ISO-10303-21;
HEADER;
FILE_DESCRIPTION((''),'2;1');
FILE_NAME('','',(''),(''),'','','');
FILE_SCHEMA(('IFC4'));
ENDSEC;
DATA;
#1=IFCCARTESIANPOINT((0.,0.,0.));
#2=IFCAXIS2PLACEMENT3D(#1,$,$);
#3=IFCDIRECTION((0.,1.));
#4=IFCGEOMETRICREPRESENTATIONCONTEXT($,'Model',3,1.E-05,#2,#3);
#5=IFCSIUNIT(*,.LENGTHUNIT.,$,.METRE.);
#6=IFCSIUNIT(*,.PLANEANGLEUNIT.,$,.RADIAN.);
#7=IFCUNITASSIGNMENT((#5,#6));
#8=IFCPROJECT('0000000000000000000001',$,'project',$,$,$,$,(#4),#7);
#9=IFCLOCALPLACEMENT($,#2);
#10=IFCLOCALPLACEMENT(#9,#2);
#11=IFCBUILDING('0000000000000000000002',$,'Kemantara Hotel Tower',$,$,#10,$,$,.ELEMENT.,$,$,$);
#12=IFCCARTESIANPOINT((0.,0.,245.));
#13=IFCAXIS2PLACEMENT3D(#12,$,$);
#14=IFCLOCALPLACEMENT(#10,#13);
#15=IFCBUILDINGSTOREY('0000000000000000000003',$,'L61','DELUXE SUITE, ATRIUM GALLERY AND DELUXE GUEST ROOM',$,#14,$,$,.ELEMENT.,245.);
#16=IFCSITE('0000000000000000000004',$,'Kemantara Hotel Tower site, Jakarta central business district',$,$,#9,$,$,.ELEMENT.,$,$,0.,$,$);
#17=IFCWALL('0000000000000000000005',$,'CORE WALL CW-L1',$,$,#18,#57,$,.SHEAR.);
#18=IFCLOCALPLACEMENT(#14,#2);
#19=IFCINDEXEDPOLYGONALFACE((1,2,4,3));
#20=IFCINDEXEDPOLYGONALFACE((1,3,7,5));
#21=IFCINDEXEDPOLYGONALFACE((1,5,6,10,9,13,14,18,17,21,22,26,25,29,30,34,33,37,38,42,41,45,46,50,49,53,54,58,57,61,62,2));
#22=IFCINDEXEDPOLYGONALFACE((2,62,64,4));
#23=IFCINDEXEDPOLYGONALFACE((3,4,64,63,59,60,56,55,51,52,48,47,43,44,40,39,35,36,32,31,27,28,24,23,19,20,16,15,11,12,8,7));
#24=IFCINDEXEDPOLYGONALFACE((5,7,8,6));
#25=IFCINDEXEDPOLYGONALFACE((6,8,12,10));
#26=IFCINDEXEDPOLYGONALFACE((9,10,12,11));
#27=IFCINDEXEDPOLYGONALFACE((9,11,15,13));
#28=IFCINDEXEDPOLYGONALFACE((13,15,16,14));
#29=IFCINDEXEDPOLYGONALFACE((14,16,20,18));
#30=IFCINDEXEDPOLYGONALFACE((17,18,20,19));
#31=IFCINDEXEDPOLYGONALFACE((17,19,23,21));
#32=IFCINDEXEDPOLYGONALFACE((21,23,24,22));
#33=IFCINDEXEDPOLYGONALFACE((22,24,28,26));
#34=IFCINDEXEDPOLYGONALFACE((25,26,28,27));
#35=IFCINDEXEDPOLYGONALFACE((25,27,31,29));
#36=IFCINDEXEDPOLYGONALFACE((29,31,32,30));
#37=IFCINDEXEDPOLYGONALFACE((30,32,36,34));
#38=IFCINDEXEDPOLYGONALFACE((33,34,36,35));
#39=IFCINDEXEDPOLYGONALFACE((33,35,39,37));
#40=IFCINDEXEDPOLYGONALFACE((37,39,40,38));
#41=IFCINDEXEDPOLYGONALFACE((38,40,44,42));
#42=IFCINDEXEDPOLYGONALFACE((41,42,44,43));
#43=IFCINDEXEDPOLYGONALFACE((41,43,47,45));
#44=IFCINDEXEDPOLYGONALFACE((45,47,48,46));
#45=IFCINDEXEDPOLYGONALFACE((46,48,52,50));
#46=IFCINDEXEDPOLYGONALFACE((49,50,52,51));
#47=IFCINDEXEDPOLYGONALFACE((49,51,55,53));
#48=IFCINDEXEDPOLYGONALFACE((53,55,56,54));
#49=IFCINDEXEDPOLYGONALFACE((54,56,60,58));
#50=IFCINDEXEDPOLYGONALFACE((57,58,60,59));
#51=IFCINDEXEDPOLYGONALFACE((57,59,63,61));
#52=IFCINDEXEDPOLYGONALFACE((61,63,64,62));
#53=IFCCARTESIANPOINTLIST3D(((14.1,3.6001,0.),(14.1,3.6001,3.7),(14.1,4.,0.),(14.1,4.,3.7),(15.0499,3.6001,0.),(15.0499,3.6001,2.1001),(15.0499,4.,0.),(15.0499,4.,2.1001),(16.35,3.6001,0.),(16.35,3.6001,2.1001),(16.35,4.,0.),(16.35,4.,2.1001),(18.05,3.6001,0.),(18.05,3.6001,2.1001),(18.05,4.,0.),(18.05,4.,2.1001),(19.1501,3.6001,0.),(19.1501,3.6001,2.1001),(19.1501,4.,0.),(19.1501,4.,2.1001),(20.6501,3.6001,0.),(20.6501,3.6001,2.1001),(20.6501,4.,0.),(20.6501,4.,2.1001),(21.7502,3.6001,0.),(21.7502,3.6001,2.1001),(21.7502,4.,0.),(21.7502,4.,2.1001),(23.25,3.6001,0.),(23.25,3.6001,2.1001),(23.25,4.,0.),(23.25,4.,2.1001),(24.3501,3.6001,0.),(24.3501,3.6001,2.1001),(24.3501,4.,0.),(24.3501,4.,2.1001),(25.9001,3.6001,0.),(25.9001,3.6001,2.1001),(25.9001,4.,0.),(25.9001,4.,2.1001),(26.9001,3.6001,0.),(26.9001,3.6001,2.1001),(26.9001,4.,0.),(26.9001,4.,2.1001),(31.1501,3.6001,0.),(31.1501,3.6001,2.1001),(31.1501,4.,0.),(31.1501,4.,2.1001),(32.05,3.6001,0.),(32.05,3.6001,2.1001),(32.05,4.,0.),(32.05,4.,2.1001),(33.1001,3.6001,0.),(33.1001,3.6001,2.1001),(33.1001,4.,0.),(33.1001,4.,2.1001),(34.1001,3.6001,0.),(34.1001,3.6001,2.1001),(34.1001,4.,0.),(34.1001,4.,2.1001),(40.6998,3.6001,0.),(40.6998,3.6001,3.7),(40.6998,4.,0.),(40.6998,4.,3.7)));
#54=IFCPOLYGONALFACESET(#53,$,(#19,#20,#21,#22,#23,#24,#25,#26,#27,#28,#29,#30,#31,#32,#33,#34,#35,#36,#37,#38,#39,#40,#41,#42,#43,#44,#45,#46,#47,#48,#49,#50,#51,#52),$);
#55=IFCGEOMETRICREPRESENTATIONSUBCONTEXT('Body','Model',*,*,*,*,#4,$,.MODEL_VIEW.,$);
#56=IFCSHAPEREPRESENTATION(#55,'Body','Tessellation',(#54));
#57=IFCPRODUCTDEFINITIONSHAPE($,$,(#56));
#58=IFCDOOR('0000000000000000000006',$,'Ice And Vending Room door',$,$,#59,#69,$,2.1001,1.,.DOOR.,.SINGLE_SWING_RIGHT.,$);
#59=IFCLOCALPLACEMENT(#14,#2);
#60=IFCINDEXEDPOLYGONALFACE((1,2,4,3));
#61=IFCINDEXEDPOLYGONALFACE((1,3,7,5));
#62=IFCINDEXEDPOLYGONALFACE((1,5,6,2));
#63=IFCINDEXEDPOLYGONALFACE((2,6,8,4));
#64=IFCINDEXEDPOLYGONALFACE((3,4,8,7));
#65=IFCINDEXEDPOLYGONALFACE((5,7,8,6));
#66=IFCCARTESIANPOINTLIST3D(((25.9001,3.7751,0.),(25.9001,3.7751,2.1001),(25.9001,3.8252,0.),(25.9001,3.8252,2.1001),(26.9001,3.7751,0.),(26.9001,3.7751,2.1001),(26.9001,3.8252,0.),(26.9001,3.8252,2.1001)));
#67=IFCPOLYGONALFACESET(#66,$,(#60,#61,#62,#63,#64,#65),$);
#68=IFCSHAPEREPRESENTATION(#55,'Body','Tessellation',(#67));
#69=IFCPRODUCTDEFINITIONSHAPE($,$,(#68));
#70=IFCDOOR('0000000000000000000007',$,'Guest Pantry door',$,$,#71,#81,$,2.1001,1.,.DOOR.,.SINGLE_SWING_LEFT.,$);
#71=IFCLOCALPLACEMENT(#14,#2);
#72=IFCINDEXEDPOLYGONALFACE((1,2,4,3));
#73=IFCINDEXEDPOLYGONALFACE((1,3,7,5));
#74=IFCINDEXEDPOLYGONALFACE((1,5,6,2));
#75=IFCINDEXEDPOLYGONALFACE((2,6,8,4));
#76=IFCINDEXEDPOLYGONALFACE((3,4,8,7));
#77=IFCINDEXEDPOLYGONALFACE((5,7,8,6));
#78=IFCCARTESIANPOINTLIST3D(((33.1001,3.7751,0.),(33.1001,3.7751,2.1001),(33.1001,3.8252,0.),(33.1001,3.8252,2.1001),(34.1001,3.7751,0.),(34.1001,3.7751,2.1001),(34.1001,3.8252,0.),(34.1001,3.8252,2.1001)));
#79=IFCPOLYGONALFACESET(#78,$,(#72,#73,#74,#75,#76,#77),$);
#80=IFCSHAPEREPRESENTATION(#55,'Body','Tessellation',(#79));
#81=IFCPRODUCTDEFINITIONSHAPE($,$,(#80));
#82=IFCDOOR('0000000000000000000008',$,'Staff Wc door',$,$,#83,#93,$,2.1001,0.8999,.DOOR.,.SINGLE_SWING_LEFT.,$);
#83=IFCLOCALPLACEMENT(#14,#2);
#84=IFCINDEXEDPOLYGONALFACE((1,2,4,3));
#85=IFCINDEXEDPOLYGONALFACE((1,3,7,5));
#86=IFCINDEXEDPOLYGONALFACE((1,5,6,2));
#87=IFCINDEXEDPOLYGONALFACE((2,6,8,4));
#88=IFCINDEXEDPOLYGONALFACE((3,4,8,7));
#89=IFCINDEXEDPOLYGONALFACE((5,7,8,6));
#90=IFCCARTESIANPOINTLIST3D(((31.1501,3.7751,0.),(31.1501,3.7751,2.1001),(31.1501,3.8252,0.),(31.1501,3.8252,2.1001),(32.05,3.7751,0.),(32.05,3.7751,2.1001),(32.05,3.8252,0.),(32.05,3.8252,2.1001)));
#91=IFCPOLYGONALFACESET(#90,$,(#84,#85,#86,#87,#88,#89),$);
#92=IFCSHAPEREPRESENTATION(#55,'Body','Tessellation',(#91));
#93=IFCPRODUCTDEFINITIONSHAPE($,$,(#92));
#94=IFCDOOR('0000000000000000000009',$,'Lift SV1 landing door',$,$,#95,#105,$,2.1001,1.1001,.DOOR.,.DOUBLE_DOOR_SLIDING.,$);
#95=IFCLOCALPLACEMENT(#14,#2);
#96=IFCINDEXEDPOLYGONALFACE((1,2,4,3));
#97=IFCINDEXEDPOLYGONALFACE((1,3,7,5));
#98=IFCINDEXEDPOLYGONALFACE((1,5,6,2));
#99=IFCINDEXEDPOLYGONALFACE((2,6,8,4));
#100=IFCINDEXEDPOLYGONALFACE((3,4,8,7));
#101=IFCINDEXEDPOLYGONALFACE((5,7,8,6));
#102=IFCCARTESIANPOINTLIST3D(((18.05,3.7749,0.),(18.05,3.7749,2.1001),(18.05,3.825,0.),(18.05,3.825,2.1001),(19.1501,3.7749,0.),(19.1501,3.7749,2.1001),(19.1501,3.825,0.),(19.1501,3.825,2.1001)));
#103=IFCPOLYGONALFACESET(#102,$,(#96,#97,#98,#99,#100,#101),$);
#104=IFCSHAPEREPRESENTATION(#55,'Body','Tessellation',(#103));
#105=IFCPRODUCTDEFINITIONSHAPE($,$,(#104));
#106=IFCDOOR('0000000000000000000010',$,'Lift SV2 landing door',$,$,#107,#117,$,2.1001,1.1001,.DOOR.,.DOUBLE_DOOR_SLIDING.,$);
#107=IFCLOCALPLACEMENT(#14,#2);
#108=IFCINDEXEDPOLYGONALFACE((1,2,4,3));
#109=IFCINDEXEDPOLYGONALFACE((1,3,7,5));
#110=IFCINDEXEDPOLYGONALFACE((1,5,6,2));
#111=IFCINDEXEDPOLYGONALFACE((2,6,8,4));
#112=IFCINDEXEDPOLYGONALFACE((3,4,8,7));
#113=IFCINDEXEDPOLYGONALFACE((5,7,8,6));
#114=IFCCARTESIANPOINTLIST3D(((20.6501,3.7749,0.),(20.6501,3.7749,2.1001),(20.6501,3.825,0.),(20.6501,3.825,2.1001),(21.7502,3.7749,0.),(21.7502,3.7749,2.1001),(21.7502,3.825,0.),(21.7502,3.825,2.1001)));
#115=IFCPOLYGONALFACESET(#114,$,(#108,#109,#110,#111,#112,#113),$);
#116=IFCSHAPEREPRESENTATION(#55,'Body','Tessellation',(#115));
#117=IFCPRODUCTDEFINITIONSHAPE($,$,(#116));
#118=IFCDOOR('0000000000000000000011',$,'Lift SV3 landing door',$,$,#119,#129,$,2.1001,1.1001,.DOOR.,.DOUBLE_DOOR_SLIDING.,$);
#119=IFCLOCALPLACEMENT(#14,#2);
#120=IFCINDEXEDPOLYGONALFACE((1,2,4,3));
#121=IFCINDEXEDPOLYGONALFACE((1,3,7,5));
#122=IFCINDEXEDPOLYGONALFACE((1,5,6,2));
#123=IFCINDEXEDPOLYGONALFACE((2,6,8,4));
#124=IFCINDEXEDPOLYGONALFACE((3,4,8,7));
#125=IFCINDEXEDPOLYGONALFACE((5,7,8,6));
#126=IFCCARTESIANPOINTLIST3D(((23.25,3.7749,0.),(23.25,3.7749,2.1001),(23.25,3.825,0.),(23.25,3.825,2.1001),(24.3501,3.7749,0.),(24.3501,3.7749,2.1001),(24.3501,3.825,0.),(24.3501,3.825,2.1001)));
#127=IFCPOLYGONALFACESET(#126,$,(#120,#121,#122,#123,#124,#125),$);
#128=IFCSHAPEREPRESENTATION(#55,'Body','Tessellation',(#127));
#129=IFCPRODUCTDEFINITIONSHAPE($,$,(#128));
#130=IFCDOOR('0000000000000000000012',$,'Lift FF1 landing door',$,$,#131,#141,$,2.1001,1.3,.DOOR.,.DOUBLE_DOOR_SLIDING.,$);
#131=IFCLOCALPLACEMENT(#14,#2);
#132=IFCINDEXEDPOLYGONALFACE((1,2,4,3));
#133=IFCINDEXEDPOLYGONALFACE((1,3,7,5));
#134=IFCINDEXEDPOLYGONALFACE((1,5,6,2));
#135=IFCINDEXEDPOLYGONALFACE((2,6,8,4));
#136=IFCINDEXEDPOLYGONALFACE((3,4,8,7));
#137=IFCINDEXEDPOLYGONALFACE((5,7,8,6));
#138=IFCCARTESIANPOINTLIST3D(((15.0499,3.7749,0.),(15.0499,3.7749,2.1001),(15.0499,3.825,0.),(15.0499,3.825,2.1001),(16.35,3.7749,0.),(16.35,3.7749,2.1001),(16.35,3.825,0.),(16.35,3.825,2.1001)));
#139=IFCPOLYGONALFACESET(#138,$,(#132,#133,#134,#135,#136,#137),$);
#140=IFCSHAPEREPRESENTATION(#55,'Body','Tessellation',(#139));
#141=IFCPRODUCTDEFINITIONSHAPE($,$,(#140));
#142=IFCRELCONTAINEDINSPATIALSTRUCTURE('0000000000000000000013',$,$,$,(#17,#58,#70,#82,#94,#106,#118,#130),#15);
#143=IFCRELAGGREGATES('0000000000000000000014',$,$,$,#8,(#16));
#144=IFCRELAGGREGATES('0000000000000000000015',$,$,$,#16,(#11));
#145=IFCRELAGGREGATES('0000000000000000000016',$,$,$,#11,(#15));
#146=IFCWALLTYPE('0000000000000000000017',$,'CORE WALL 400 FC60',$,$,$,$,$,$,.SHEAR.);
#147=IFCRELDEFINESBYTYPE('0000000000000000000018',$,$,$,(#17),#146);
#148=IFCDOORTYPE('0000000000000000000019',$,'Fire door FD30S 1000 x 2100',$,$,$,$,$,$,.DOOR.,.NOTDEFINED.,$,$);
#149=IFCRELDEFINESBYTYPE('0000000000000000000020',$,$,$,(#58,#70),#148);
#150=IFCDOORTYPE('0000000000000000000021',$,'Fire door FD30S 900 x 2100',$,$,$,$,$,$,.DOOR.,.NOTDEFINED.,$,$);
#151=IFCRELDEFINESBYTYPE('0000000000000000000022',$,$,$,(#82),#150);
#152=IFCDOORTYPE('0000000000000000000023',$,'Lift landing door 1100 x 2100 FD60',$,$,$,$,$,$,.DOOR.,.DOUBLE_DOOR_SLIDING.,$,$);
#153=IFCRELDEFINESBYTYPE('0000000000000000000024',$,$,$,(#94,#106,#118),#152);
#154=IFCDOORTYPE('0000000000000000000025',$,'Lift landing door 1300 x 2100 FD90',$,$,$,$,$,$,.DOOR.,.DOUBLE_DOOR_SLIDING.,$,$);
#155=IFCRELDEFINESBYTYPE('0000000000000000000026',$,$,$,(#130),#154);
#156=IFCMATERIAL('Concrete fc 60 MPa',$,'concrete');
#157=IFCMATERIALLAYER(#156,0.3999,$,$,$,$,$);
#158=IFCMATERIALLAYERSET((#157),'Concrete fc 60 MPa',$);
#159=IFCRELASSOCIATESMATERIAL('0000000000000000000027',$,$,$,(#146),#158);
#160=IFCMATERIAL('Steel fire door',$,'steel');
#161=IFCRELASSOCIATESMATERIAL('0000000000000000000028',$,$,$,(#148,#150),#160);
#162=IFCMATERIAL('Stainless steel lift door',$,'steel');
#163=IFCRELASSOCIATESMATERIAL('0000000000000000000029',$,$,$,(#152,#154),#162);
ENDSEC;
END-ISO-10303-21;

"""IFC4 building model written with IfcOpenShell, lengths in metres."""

from ifc_helpers import new_model, si_unit, direction, frame, frame_2d, origin, place, context, subcontext, project, spatial, rectangle, extrude, material, layer, layer_set, type_object, element, fill, save


model = new_model("IFC4")

# Units and contexts
model_context = context("Model", 3, precision=1e-05, world=origin(), true_north=direction((0.0, 1.0)))
body_context = subcontext(model_context, "Body", "Model", "MODEL_VIEW")
ifc_project = project(units=[si_unit("LENGTHUNIT", "METRE"), si_unit("PLANEANGLEUNIT", "RADIAN")], contexts=[model_context])

# Site, building, storey
site_placement = place(None, origin())
site = spatial("IfcSite", under=ifc_project, at=site_placement, Name="Kemantara Hotel Tower site, Jakarta central business district", CompositionType="ELEMENT", RefElevation=0.0)
building_placement = place(site_placement, origin())
building = spatial("IfcBuilding", under=site, at=building_placement, Name="Kemantara Hotel Tower", CompositionType="ELEMENT")
storey_placement = place(building_placement, frame((0.0, 0.0, 245.0)))
storey = spatial("IfcBuildingStorey", under=building, at=storey_placement, Name="L61", Description="DELUXE SUITE, ATRIUM GALLERY AND DELUXE GUEST ROOM", CompositionType="ELEMENT", Elevation=245.0)

# Shared definitions
ifc_material_1 = material(Name="Concrete fc 60 MPa", Category="concrete")

# Wall, openings, doors
ifc_layer_1 = layer(ifc_material_1, 0.3999)
ifc_layer_set_1 = layer_set([ifc_layer_1], Name="Concrete fc 60 MPa")
wall_type_1 = type_object("IfcWallType", Name="CORE WALL 400 FC60", PredefinedType="SHEAR", material=ifc_layer_set_1)
ifc_material_2 = material(Name="Steel fire door", Category="steel")
door_type_1 = type_object("IfcDoorType", Name="Fire door FD30S 1000 x 2100", OperationType="NOTDEFINED", PredefinedType="DOOR", material=ifc_material_2)
wall_1_placement = place(storey_placement, frame((14.1001, 3.8, 0.0), z_axis=(0.0, 0.0, 1.0), x_axis=(1.0, 0.0, 0.0)))
wall_1 = element("IfcWall", 1, at=wall_1_placement, inside=storey, type_object=wall_type_1, Name="CORE WALL CW-L1", PredefinedType="SHEAR", context=body_context, shape_type="SweptSolid", body=[
    extrude(rectangle(XDim=26.5999, YDim=0.3999, at=frame_2d((13.2998, 0.0))), origin(), (0.0, 0.0, 1.0), 3.7),
])
opening_1_placement = place(wall_1_placement, frame((0.95, 0.0, 0.0)))
opening_1 = element("IfcOpeningElement", 2, at=opening_1_placement, cuts=wall_1, PredefinedType="OPENING", context=body_context, shape_type="SweptSolid", body=[
    extrude(rectangle(XDim=1.3, YDim=2.1001, at=frame_2d((0.6499, 1.05))), frame((0.0, 0.21, 0.0), z_axis=(0.0, -1.0, 0.0), x_axis=(1.0, 0.0, 0.0)), (0.0, 0.0, 1.0), 0.4199),
])
opening_2_placement = place(wall_1_placement, frame((3.95, 0.0, 0.0)))
opening_2 = element("IfcOpeningElement", 3, at=opening_2_placement, cuts=wall_1, PredefinedType="OPENING", context=body_context, shape_type="SweptSolid", body=[
    extrude(rectangle(XDim=1.1001, YDim=2.1001, at=frame_2d((0.55, 1.05))), frame((0.0, 0.21, 0.0), z_axis=(0.0, -1.0, 0.0), x_axis=(1.0, 0.0, 0.0)), (0.0, 0.0, 1.0), 0.4199),
])
opening_3_placement = place(wall_1_placement, frame((6.55, 0.0, 0.0)))
opening_3 = element("IfcOpeningElement", 4, at=opening_3_placement, cuts=wall_1, PredefinedType="OPENING", context=body_context, shape_type="SweptSolid", body=[
    extrude(rectangle(XDim=1.1001, YDim=2.1001, at=frame_2d((0.55, 1.05))), frame((0.0, 0.21, 0.0), z_axis=(0.0, -1.0, 0.0), x_axis=(1.0, 0.0, 0.0)), (0.0, 0.0, 1.0), 0.4199),
])
opening_4_placement = place(wall_1_placement, frame((9.1499, 0.0, 0.0)))
opening_4 = element("IfcOpeningElement", 5, at=opening_4_placement, cuts=wall_1, PredefinedType="OPENING", context=body_context, shape_type="SweptSolid", body=[
    extrude(rectangle(XDim=1.1001, YDim=2.1001, at=frame_2d((0.55, 1.05))), frame((0.0, 0.21, 0.0), z_axis=(0.0, -1.0, 0.0), x_axis=(1.0, 0.0, 0.0)), (0.0, 0.0, 1.0), 0.4199),
])
opening_5_placement = place(wall_1_placement, frame((11.8, 0.0, 0.0)))
opening_5 = element("IfcOpeningElement", 6, at=opening_5_placement, cuts=wall_1, PredefinedType="OPENING", context=body_context, shape_type="SweptSolid", body=[
    extrude(rectangle(XDim=1.0, YDim=2.1001, at=frame_2d((0.5, 1.05))), frame((0.0, 0.21, 0.0), z_axis=(0.0, -1.0, 0.0), x_axis=(1.0, 0.0, 0.0)), (0.0, 0.0, 1.0), 0.4199),
])
opening_6_placement = place(wall_1_placement, frame((17.05, 0.0, 0.0)))
opening_6 = element("IfcOpeningElement", 7, at=opening_6_placement, cuts=wall_1, PredefinedType="OPENING", context=body_context, shape_type="SweptSolid", body=[
    extrude(rectangle(XDim=0.8999, YDim=2.1001, at=frame_2d((0.45, 1.05))), frame((0.0, 0.21, 0.0), z_axis=(0.0, -1.0, 0.0), x_axis=(1.0, 0.0, 0.0)), (0.0, 0.0, 1.0), 0.4199),
])
opening_7_placement = place(wall_1_placement, frame((19.0, 0.0, 0.0)))
opening_7 = element("IfcOpeningElement", 8, at=opening_7_placement, cuts=wall_1, PredefinedType="OPENING", context=body_context, shape_type="SweptSolid", body=[
    extrude(rectangle(XDim=1.0, YDim=2.1001, at=frame_2d((0.5, 1.05))), frame((0.0, 0.21, 0.0), z_axis=(0.0, -1.0, 0.0), x_axis=(1.0, 0.0, 0.0)), (0.0, 0.0, 1.0), 0.4199),
])
door_1_placement = place(opening_5_placement, frame((1.0, 0.0, 0.0), z_axis=(0.0, 0.0, 1.0), x_axis=(-1.0, 0.0, 0.0)))
door_1 = element("IfcDoor", 9, at=door_1_placement, inside=storey, type_object=door_type_1, Name="Ice And Vending Room door", OperationType="SINGLE_SWING_RIGHT", OverallHeight=2.1001, OverallWidth=1.0, PredefinedType="DOOR", context=body_context, shape_type="SweptSolid", body=[
    extrude(rectangle(XDim=1.0, YDim=2.1001, at=frame_2d((0.5, 1.05))), frame((0.0, 0.0249, 0.0), z_axis=(0.0, -1.0, 0.0), x_axis=(1.0, 0.0, 0.0)), (0.0, 0.0, 1.0), 0.05),
])
fill(opening_5, door_1)
door_2_placement = place(opening_7_placement, frame((1.0, 0.0, 0.0), z_axis=(0.0, 0.0, 1.0), x_axis=(-1.0, 0.0, 0.0)))
door_2 = element("IfcDoor", 10, at=door_2_placement, inside=storey, type_object=door_type_1, Name="Guest Pantry door", OperationType="SINGLE_SWING_LEFT", OverallHeight=2.1001, OverallWidth=1.0, PredefinedType="DOOR", context=body_context, shape_type="SweptSolid", body=[
    extrude(rectangle(XDim=1.0, YDim=2.1001, at=frame_2d((0.5, 1.05))), frame((0.0, 0.0249, 0.0), z_axis=(0.0, -1.0, 0.0), x_axis=(1.0, 0.0, 0.0)), (0.0, 0.0, 1.0), 0.05),
])
fill(opening_7, door_2)
door_type_2 = type_object("IfcDoorType", Name="Fire door FD30S 900 x 2100", OperationType="NOTDEFINED", PredefinedType="DOOR", material=ifc_material_2)
door_3_placement = place(opening_6_placement, frame((0.8999, 0.0, 0.0), z_axis=(0.0, 0.0, 1.0), x_axis=(-1.0, 0.0, 0.0)))
door_3 = element("IfcDoor", 11, at=door_3_placement, inside=storey, type_object=door_type_2, Name="Staff Wc door", OperationType="SINGLE_SWING_LEFT", OverallHeight=2.1001, OverallWidth=0.8999, PredefinedType="DOOR", context=body_context, shape_type="SweptSolid", body=[
    extrude(rectangle(XDim=0.8999, YDim=2.1001, at=frame_2d((0.45, 1.05))), frame((0.0, 0.0249, 0.0), z_axis=(0.0, -1.0, 0.0), x_axis=(1.0, 0.0, 0.0)), (0.0, 0.0, 1.0), 0.05),
])
fill(opening_6, door_3)
ifc_material_3 = material(Name="Stainless steel lift door", Category="steel")
door_type_3 = type_object("IfcDoorType", Name="Lift landing door 1100 x 2100 FD60", OperationType="DOUBLE_DOOR_SLIDING", PredefinedType="DOOR", material=ifc_material_3)
door_4_placement = place(opening_2_placement, origin())
door_4 = element("IfcDoor", 12, at=door_4_placement, inside=storey, type_object=door_type_3, Name="Lift SV1 landing door", OperationType="DOUBLE_DOOR_SLIDING", OverallHeight=2.1001, OverallWidth=1.1001, PredefinedType="DOOR", context=body_context, shape_type="SweptSolid", body=[
    extrude(rectangle(XDim=1.1001, YDim=2.1001, at=frame_2d((0.55, 1.05))), frame((0.0, 0.0249, 0.0), z_axis=(0.0, -1.0, 0.0), x_axis=(1.0, 0.0, 0.0)), (0.0, 0.0, 1.0), 0.05),
])
fill(opening_2, door_4)
door_5_placement = place(opening_3_placement, origin())
door_5 = element("IfcDoor", 13, at=door_5_placement, inside=storey, type_object=door_type_3, Name="Lift SV2 landing door", OperationType="DOUBLE_DOOR_SLIDING", OverallHeight=2.1001, OverallWidth=1.1001, PredefinedType="DOOR", context=body_context, shape_type="SweptSolid", body=[
    extrude(rectangle(XDim=1.1001, YDim=2.1001, at=frame_2d((0.55, 1.05))), frame((0.0, 0.0249, 0.0), z_axis=(0.0, -1.0, 0.0), x_axis=(1.0, 0.0, 0.0)), (0.0, 0.0, 1.0), 0.05),
])
fill(opening_3, door_5)
door_6_placement = place(opening_4_placement, origin())
door_6 = element("IfcDoor", 14, at=door_6_placement, inside=storey, type_object=door_type_3, Name="Lift SV3 landing door", OperationType="DOUBLE_DOOR_SLIDING", OverallHeight=2.1001, OverallWidth=1.1001, PredefinedType="DOOR", context=body_context, shape_type="SweptSolid", body=[
    extrude(rectangle(XDim=1.1001, YDim=2.1001, at=frame_2d((0.55, 1.05))), frame((0.0, 0.0249, 0.0), z_axis=(0.0, -1.0, 0.0), x_axis=(1.0, 0.0, 0.0)), (0.0, 0.0, 1.0), 0.05),
])
fill(opening_4, door_6)
door_type_4 = type_object("IfcDoorType", Name="Lift landing door 1300 x 2100 FD90", OperationType="DOUBLE_DOOR_SLIDING", PredefinedType="DOOR", material=ifc_material_3)
door_7_placement = place(opening_1_placement, origin())
door_7 = element("IfcDoor", 15, at=door_7_placement, inside=storey, type_object=door_type_4, Name="Lift FF1 landing door", OperationType="DOUBLE_DOOR_SLIDING", OverallHeight=2.1001, OverallWidth=1.3, PredefinedType="DOOR", context=body_context, shape_type="SweptSolid", body=[
    extrude(rectangle(XDim=1.3, YDim=2.1001, at=frame_2d((0.6499, 1.05))), frame((0.0, 0.0249, 0.0), z_axis=(0.0, -1.0, 0.0), x_axis=(1.0, 0.0, 0.0)), (0.0, 0.0, 1.0), 0.05),
])
fill(opening_1, door_7)

save(model, "model.ifc")
